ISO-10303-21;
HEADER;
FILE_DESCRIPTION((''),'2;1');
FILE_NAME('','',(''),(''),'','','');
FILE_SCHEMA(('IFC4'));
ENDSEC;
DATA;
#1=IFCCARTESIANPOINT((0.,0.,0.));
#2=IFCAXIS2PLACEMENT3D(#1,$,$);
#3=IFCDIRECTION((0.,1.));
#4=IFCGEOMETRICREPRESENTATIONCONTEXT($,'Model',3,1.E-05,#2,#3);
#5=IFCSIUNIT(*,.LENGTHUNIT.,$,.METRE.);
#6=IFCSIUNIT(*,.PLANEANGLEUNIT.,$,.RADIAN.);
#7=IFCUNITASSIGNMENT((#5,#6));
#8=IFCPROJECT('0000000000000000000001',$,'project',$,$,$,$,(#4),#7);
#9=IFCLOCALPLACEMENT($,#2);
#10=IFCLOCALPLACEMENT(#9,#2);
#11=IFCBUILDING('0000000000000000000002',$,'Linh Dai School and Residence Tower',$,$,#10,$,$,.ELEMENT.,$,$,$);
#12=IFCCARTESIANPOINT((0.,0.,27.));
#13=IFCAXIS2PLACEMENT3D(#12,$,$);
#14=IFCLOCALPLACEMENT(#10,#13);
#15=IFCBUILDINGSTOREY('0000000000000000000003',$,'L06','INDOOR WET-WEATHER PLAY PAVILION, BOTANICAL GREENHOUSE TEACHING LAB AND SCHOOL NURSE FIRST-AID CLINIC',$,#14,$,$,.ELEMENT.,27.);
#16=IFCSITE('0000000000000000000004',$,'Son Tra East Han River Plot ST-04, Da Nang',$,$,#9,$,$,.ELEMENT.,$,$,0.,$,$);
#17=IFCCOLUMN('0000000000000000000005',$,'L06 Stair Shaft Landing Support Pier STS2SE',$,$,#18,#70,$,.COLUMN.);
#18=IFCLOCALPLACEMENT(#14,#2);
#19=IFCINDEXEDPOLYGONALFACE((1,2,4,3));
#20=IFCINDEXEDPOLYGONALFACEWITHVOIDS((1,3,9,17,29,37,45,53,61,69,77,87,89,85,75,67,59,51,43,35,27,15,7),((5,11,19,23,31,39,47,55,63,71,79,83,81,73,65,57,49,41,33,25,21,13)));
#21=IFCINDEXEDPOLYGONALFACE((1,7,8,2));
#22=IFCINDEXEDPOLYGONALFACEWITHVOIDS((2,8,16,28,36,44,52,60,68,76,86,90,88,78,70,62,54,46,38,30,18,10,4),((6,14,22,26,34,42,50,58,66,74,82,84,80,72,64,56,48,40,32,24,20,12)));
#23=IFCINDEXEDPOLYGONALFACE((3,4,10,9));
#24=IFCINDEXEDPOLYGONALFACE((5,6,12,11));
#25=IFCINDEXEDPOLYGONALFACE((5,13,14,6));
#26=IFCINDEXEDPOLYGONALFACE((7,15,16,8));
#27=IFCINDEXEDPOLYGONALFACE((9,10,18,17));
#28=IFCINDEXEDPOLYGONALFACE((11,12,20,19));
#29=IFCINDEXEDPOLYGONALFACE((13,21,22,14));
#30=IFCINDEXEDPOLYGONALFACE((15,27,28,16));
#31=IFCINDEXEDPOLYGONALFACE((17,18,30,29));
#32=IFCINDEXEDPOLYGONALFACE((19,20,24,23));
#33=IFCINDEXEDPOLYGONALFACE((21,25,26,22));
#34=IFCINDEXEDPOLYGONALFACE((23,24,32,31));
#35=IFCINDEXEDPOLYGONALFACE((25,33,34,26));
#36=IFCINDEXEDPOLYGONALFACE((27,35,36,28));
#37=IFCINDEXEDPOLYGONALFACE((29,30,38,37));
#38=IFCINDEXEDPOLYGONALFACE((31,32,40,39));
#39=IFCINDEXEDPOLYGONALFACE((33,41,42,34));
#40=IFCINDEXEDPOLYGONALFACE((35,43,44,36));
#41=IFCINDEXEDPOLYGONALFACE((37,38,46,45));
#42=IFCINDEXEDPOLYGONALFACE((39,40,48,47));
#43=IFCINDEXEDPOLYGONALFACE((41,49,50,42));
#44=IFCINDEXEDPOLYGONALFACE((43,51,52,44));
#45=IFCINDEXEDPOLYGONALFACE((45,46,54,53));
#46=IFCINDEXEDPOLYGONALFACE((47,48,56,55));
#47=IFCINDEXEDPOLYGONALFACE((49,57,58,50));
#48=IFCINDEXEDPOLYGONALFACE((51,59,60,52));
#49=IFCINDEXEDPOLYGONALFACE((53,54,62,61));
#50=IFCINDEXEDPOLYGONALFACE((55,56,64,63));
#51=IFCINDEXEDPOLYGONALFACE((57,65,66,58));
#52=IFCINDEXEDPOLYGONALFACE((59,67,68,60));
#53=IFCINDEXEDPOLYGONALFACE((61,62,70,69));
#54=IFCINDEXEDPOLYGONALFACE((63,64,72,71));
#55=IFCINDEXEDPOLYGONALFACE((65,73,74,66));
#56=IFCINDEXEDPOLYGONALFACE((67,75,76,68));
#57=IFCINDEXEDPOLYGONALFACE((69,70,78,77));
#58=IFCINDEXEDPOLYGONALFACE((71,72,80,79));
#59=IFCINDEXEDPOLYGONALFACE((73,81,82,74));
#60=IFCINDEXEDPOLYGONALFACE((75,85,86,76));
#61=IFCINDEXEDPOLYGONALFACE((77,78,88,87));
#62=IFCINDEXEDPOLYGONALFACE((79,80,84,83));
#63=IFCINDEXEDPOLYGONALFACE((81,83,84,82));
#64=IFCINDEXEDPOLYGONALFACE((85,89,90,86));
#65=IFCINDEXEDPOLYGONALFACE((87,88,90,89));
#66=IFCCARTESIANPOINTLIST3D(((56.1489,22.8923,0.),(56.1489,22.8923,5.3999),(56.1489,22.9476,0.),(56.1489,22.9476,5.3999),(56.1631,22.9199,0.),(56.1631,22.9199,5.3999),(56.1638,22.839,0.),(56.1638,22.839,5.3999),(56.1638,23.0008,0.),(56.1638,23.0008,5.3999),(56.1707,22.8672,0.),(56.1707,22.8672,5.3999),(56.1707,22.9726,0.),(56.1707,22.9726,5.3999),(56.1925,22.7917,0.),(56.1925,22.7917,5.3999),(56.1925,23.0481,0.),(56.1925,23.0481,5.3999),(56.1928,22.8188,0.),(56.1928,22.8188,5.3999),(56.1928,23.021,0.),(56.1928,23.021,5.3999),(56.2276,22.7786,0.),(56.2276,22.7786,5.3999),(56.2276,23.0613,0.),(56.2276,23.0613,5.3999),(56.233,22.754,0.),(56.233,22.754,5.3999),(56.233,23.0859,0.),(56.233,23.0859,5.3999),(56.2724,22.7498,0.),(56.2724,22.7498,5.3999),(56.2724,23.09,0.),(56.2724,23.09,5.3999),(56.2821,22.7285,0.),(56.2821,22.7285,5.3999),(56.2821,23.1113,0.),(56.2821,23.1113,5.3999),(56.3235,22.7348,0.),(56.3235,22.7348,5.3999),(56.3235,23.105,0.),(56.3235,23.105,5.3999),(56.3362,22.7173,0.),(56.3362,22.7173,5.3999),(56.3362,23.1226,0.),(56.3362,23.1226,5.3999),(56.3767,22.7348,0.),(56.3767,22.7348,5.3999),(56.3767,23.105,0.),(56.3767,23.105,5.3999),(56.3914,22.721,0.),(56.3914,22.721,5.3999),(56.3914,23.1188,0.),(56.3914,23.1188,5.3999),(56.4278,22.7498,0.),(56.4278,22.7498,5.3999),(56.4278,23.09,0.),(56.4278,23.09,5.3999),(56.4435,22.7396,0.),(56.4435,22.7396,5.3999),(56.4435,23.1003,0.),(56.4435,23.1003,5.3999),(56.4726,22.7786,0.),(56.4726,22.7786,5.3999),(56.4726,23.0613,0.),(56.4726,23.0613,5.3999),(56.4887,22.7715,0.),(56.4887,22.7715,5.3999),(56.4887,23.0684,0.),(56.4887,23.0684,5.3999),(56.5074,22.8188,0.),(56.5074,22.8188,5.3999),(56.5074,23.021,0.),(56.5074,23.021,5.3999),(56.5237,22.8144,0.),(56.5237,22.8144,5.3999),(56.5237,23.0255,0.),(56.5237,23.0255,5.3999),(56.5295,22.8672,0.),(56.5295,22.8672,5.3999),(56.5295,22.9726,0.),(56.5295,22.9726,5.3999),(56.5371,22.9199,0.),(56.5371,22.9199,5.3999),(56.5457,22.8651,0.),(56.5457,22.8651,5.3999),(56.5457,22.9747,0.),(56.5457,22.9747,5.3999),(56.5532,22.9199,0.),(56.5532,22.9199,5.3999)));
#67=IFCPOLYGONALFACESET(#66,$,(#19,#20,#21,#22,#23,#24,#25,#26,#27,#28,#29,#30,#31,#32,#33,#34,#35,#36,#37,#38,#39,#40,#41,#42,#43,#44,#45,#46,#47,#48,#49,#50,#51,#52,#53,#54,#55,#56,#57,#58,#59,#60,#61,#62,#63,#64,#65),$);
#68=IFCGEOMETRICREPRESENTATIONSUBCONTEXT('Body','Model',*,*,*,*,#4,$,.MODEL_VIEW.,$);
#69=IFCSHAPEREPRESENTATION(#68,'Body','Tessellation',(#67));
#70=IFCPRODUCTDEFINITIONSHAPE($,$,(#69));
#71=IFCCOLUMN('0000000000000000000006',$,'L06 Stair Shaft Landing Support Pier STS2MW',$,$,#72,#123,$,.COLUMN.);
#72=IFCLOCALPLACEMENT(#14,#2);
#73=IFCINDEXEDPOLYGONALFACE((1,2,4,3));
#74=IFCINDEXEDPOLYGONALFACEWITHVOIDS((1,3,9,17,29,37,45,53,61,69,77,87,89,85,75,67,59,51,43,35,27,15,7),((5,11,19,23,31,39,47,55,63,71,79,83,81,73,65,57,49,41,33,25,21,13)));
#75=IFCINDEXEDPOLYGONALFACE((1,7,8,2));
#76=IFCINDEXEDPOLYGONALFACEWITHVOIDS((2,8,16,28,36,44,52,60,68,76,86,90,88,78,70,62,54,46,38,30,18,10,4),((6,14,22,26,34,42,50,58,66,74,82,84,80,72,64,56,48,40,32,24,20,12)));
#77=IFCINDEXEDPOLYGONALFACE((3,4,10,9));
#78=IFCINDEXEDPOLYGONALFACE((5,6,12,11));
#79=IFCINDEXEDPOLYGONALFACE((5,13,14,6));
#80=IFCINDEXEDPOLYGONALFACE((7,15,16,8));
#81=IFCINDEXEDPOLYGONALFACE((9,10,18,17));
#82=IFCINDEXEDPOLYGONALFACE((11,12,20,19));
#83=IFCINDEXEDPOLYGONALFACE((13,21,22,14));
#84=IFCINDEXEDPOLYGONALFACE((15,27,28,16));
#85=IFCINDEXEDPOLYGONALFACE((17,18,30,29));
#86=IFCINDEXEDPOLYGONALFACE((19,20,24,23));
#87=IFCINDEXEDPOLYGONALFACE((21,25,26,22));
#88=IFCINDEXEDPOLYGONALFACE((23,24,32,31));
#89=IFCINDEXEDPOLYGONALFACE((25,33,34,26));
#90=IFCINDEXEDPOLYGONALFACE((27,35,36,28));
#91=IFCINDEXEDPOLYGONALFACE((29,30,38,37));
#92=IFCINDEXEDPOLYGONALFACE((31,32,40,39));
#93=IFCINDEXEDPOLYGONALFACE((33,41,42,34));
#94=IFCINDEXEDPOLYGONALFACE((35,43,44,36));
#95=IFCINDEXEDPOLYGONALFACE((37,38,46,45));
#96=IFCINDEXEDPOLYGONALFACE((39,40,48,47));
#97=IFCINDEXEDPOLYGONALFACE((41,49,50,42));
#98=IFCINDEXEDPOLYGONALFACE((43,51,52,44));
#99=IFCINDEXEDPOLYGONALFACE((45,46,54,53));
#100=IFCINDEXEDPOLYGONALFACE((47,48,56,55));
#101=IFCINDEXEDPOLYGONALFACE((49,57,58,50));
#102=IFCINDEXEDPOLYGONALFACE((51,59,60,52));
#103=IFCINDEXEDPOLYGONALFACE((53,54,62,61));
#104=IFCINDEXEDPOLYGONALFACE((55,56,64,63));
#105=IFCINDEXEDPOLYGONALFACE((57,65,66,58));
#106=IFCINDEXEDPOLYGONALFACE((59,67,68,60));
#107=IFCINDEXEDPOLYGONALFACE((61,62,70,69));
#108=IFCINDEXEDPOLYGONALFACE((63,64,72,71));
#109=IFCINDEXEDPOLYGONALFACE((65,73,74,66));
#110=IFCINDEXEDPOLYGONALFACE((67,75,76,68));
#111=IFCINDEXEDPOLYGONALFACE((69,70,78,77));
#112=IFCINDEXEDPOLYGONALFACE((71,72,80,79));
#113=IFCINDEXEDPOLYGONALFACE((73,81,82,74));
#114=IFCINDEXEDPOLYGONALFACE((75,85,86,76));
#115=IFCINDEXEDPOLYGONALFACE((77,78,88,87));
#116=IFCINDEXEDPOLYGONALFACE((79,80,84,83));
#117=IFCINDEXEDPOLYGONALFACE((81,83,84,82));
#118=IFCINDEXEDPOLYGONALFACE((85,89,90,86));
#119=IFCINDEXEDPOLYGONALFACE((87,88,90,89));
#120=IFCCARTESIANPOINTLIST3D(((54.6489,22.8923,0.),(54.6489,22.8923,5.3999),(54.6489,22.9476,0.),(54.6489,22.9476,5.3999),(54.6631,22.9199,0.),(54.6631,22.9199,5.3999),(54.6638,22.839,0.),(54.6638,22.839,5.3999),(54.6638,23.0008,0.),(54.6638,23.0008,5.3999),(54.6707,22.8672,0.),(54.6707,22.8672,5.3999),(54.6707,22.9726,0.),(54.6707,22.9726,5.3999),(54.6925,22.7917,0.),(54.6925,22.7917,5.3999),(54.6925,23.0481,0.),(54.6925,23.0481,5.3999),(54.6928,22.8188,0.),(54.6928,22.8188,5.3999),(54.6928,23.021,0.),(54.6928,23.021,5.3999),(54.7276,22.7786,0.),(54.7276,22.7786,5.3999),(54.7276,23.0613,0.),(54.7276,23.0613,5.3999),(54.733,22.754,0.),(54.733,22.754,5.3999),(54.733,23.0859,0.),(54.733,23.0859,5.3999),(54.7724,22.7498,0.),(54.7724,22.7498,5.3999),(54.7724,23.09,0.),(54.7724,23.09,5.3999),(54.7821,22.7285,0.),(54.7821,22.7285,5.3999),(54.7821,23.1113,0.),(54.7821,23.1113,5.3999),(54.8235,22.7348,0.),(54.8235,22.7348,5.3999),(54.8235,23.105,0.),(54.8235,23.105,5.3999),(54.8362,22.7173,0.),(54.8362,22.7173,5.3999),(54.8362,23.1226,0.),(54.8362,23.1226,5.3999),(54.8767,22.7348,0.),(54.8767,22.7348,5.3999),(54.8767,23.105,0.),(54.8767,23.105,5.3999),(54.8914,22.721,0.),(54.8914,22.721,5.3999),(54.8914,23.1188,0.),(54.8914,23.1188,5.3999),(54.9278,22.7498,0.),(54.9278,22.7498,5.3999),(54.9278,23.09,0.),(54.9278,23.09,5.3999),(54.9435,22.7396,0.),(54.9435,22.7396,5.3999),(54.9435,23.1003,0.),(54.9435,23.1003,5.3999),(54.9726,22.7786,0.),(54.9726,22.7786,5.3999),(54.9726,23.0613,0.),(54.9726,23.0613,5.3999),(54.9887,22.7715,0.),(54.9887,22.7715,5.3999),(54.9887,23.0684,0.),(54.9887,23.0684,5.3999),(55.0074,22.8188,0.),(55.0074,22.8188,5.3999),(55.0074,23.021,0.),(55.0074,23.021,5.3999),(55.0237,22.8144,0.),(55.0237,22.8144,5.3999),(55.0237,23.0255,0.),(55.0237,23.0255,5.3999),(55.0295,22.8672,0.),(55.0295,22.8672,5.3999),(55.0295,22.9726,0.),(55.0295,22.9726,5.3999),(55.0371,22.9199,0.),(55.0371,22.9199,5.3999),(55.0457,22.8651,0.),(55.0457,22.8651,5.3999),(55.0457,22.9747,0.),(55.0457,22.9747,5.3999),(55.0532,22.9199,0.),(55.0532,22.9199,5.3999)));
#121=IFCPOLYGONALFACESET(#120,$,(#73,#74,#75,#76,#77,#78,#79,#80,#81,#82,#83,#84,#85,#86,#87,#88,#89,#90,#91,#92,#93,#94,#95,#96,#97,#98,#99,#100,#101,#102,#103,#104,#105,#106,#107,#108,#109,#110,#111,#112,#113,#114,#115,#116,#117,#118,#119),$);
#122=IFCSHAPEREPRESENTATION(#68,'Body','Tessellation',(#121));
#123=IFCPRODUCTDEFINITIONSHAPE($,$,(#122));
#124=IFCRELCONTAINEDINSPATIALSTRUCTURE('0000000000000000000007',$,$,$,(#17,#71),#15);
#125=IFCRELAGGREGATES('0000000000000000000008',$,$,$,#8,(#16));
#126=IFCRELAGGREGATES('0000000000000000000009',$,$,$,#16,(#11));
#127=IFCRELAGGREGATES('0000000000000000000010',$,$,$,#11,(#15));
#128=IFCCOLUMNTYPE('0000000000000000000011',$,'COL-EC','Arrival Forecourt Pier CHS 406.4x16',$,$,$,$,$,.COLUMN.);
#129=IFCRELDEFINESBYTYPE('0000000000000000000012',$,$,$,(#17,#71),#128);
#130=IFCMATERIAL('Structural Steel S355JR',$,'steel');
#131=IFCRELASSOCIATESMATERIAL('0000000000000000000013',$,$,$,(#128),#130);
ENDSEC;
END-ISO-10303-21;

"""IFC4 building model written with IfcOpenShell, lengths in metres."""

from ifc_helpers import new_model, si_unit, direction, frame, origin, origin_2d, place, context, subcontext, project, spatial, hollow_circle, extrude, material, material_profile, profile_set, type_object, element, save


model = new_model("IFC4")

# Units and contexts
model_context = context("Model", 3, precision=1e-05, world=origin(), true_north=direction((0.0, 1.0)))
body_context = subcontext(model_context, "Body", "Model", "MODEL_VIEW")
ifc_project = project(units=[si_unit("LENGTHUNIT", "METRE"), si_unit("PLANEANGLEUNIT", "RADIAN")], contexts=[model_context])

# Site, building, storey
site_placement = place(None, origin())
site = spatial("IfcSite", under=ifc_project, at=site_placement, Name="Son Tra East Han River Plot ST-04, Da Nang", CompositionType="ELEMENT", RefElevation=0.0)
building_placement = place(site_placement, origin())
building = spatial("IfcBuilding", under=site, at=building_placement, Name="Linh Dai School and Residence Tower", CompositionType="ELEMENT")
storey_placement = place(building_placement, frame((0.0, 0.0, 27.0)))
storey = spatial("IfcBuildingStorey", under=building, at=storey_placement, Name="L06", Description="INDOOR WET-WEATHER PLAY PAVILION, BOTANICAL GREENHOUSE TEACHING LAB AND SCHOOL NURSE FIRST-AID CLINIC", CompositionType="ELEMENT", Elevation=27.0)

# Columns
ifc_material_1 = material(Name="Structural Steel S355JR", Category="steel")
ifc_material_profile_1 = material_profile(ifc_material_1, hollow_circle(Radius=0.2031, WallThickness=0.0161, at=origin_2d()), Name="CHS 406.4x16")
ifc_profile_set_1 = profile_set([ifc_material_profile_1], Name="Structural Steel S355JR")
column_type_1 = type_object("IfcColumnType", Name="COL-EC", Description="Arrival Forecourt Pier CHS 406.4x16", PredefinedType="COLUMN", material=ifc_profile_set_1)
for number, where, z_axis, x_axis, name in (
    (1, (56.3501, 22.9199, 0.0), (0.0, 0.0, 1.0), (1.0, 0.0, 0.0), "L06 Stair Shaft Landing Support Pier STS2SE"),
    (2, (54.8501, 22.9199, 0.0), (0.0, 0.0, 1.0), (1.0, 0.0, 0.0), "L06 Stair Shaft Landing Support Pier STS2MW"),
):
    element("IfcColumn", number, at=place(storey_placement, frame(where, z_axis=z_axis, x_axis=x_axis)), inside=storey, type_object=column_type_1, Name=name, PredefinedType="COLUMN", context=body_context, shape_type="SweptSolid", body=[
        extrude(hollow_circle(Radius=0.2031, WallThickness=0.0161, at=origin_2d()), origin(), (0.0, 0.0, 1.0), 5.3999),
    ])

save(model, "model.ifc")
